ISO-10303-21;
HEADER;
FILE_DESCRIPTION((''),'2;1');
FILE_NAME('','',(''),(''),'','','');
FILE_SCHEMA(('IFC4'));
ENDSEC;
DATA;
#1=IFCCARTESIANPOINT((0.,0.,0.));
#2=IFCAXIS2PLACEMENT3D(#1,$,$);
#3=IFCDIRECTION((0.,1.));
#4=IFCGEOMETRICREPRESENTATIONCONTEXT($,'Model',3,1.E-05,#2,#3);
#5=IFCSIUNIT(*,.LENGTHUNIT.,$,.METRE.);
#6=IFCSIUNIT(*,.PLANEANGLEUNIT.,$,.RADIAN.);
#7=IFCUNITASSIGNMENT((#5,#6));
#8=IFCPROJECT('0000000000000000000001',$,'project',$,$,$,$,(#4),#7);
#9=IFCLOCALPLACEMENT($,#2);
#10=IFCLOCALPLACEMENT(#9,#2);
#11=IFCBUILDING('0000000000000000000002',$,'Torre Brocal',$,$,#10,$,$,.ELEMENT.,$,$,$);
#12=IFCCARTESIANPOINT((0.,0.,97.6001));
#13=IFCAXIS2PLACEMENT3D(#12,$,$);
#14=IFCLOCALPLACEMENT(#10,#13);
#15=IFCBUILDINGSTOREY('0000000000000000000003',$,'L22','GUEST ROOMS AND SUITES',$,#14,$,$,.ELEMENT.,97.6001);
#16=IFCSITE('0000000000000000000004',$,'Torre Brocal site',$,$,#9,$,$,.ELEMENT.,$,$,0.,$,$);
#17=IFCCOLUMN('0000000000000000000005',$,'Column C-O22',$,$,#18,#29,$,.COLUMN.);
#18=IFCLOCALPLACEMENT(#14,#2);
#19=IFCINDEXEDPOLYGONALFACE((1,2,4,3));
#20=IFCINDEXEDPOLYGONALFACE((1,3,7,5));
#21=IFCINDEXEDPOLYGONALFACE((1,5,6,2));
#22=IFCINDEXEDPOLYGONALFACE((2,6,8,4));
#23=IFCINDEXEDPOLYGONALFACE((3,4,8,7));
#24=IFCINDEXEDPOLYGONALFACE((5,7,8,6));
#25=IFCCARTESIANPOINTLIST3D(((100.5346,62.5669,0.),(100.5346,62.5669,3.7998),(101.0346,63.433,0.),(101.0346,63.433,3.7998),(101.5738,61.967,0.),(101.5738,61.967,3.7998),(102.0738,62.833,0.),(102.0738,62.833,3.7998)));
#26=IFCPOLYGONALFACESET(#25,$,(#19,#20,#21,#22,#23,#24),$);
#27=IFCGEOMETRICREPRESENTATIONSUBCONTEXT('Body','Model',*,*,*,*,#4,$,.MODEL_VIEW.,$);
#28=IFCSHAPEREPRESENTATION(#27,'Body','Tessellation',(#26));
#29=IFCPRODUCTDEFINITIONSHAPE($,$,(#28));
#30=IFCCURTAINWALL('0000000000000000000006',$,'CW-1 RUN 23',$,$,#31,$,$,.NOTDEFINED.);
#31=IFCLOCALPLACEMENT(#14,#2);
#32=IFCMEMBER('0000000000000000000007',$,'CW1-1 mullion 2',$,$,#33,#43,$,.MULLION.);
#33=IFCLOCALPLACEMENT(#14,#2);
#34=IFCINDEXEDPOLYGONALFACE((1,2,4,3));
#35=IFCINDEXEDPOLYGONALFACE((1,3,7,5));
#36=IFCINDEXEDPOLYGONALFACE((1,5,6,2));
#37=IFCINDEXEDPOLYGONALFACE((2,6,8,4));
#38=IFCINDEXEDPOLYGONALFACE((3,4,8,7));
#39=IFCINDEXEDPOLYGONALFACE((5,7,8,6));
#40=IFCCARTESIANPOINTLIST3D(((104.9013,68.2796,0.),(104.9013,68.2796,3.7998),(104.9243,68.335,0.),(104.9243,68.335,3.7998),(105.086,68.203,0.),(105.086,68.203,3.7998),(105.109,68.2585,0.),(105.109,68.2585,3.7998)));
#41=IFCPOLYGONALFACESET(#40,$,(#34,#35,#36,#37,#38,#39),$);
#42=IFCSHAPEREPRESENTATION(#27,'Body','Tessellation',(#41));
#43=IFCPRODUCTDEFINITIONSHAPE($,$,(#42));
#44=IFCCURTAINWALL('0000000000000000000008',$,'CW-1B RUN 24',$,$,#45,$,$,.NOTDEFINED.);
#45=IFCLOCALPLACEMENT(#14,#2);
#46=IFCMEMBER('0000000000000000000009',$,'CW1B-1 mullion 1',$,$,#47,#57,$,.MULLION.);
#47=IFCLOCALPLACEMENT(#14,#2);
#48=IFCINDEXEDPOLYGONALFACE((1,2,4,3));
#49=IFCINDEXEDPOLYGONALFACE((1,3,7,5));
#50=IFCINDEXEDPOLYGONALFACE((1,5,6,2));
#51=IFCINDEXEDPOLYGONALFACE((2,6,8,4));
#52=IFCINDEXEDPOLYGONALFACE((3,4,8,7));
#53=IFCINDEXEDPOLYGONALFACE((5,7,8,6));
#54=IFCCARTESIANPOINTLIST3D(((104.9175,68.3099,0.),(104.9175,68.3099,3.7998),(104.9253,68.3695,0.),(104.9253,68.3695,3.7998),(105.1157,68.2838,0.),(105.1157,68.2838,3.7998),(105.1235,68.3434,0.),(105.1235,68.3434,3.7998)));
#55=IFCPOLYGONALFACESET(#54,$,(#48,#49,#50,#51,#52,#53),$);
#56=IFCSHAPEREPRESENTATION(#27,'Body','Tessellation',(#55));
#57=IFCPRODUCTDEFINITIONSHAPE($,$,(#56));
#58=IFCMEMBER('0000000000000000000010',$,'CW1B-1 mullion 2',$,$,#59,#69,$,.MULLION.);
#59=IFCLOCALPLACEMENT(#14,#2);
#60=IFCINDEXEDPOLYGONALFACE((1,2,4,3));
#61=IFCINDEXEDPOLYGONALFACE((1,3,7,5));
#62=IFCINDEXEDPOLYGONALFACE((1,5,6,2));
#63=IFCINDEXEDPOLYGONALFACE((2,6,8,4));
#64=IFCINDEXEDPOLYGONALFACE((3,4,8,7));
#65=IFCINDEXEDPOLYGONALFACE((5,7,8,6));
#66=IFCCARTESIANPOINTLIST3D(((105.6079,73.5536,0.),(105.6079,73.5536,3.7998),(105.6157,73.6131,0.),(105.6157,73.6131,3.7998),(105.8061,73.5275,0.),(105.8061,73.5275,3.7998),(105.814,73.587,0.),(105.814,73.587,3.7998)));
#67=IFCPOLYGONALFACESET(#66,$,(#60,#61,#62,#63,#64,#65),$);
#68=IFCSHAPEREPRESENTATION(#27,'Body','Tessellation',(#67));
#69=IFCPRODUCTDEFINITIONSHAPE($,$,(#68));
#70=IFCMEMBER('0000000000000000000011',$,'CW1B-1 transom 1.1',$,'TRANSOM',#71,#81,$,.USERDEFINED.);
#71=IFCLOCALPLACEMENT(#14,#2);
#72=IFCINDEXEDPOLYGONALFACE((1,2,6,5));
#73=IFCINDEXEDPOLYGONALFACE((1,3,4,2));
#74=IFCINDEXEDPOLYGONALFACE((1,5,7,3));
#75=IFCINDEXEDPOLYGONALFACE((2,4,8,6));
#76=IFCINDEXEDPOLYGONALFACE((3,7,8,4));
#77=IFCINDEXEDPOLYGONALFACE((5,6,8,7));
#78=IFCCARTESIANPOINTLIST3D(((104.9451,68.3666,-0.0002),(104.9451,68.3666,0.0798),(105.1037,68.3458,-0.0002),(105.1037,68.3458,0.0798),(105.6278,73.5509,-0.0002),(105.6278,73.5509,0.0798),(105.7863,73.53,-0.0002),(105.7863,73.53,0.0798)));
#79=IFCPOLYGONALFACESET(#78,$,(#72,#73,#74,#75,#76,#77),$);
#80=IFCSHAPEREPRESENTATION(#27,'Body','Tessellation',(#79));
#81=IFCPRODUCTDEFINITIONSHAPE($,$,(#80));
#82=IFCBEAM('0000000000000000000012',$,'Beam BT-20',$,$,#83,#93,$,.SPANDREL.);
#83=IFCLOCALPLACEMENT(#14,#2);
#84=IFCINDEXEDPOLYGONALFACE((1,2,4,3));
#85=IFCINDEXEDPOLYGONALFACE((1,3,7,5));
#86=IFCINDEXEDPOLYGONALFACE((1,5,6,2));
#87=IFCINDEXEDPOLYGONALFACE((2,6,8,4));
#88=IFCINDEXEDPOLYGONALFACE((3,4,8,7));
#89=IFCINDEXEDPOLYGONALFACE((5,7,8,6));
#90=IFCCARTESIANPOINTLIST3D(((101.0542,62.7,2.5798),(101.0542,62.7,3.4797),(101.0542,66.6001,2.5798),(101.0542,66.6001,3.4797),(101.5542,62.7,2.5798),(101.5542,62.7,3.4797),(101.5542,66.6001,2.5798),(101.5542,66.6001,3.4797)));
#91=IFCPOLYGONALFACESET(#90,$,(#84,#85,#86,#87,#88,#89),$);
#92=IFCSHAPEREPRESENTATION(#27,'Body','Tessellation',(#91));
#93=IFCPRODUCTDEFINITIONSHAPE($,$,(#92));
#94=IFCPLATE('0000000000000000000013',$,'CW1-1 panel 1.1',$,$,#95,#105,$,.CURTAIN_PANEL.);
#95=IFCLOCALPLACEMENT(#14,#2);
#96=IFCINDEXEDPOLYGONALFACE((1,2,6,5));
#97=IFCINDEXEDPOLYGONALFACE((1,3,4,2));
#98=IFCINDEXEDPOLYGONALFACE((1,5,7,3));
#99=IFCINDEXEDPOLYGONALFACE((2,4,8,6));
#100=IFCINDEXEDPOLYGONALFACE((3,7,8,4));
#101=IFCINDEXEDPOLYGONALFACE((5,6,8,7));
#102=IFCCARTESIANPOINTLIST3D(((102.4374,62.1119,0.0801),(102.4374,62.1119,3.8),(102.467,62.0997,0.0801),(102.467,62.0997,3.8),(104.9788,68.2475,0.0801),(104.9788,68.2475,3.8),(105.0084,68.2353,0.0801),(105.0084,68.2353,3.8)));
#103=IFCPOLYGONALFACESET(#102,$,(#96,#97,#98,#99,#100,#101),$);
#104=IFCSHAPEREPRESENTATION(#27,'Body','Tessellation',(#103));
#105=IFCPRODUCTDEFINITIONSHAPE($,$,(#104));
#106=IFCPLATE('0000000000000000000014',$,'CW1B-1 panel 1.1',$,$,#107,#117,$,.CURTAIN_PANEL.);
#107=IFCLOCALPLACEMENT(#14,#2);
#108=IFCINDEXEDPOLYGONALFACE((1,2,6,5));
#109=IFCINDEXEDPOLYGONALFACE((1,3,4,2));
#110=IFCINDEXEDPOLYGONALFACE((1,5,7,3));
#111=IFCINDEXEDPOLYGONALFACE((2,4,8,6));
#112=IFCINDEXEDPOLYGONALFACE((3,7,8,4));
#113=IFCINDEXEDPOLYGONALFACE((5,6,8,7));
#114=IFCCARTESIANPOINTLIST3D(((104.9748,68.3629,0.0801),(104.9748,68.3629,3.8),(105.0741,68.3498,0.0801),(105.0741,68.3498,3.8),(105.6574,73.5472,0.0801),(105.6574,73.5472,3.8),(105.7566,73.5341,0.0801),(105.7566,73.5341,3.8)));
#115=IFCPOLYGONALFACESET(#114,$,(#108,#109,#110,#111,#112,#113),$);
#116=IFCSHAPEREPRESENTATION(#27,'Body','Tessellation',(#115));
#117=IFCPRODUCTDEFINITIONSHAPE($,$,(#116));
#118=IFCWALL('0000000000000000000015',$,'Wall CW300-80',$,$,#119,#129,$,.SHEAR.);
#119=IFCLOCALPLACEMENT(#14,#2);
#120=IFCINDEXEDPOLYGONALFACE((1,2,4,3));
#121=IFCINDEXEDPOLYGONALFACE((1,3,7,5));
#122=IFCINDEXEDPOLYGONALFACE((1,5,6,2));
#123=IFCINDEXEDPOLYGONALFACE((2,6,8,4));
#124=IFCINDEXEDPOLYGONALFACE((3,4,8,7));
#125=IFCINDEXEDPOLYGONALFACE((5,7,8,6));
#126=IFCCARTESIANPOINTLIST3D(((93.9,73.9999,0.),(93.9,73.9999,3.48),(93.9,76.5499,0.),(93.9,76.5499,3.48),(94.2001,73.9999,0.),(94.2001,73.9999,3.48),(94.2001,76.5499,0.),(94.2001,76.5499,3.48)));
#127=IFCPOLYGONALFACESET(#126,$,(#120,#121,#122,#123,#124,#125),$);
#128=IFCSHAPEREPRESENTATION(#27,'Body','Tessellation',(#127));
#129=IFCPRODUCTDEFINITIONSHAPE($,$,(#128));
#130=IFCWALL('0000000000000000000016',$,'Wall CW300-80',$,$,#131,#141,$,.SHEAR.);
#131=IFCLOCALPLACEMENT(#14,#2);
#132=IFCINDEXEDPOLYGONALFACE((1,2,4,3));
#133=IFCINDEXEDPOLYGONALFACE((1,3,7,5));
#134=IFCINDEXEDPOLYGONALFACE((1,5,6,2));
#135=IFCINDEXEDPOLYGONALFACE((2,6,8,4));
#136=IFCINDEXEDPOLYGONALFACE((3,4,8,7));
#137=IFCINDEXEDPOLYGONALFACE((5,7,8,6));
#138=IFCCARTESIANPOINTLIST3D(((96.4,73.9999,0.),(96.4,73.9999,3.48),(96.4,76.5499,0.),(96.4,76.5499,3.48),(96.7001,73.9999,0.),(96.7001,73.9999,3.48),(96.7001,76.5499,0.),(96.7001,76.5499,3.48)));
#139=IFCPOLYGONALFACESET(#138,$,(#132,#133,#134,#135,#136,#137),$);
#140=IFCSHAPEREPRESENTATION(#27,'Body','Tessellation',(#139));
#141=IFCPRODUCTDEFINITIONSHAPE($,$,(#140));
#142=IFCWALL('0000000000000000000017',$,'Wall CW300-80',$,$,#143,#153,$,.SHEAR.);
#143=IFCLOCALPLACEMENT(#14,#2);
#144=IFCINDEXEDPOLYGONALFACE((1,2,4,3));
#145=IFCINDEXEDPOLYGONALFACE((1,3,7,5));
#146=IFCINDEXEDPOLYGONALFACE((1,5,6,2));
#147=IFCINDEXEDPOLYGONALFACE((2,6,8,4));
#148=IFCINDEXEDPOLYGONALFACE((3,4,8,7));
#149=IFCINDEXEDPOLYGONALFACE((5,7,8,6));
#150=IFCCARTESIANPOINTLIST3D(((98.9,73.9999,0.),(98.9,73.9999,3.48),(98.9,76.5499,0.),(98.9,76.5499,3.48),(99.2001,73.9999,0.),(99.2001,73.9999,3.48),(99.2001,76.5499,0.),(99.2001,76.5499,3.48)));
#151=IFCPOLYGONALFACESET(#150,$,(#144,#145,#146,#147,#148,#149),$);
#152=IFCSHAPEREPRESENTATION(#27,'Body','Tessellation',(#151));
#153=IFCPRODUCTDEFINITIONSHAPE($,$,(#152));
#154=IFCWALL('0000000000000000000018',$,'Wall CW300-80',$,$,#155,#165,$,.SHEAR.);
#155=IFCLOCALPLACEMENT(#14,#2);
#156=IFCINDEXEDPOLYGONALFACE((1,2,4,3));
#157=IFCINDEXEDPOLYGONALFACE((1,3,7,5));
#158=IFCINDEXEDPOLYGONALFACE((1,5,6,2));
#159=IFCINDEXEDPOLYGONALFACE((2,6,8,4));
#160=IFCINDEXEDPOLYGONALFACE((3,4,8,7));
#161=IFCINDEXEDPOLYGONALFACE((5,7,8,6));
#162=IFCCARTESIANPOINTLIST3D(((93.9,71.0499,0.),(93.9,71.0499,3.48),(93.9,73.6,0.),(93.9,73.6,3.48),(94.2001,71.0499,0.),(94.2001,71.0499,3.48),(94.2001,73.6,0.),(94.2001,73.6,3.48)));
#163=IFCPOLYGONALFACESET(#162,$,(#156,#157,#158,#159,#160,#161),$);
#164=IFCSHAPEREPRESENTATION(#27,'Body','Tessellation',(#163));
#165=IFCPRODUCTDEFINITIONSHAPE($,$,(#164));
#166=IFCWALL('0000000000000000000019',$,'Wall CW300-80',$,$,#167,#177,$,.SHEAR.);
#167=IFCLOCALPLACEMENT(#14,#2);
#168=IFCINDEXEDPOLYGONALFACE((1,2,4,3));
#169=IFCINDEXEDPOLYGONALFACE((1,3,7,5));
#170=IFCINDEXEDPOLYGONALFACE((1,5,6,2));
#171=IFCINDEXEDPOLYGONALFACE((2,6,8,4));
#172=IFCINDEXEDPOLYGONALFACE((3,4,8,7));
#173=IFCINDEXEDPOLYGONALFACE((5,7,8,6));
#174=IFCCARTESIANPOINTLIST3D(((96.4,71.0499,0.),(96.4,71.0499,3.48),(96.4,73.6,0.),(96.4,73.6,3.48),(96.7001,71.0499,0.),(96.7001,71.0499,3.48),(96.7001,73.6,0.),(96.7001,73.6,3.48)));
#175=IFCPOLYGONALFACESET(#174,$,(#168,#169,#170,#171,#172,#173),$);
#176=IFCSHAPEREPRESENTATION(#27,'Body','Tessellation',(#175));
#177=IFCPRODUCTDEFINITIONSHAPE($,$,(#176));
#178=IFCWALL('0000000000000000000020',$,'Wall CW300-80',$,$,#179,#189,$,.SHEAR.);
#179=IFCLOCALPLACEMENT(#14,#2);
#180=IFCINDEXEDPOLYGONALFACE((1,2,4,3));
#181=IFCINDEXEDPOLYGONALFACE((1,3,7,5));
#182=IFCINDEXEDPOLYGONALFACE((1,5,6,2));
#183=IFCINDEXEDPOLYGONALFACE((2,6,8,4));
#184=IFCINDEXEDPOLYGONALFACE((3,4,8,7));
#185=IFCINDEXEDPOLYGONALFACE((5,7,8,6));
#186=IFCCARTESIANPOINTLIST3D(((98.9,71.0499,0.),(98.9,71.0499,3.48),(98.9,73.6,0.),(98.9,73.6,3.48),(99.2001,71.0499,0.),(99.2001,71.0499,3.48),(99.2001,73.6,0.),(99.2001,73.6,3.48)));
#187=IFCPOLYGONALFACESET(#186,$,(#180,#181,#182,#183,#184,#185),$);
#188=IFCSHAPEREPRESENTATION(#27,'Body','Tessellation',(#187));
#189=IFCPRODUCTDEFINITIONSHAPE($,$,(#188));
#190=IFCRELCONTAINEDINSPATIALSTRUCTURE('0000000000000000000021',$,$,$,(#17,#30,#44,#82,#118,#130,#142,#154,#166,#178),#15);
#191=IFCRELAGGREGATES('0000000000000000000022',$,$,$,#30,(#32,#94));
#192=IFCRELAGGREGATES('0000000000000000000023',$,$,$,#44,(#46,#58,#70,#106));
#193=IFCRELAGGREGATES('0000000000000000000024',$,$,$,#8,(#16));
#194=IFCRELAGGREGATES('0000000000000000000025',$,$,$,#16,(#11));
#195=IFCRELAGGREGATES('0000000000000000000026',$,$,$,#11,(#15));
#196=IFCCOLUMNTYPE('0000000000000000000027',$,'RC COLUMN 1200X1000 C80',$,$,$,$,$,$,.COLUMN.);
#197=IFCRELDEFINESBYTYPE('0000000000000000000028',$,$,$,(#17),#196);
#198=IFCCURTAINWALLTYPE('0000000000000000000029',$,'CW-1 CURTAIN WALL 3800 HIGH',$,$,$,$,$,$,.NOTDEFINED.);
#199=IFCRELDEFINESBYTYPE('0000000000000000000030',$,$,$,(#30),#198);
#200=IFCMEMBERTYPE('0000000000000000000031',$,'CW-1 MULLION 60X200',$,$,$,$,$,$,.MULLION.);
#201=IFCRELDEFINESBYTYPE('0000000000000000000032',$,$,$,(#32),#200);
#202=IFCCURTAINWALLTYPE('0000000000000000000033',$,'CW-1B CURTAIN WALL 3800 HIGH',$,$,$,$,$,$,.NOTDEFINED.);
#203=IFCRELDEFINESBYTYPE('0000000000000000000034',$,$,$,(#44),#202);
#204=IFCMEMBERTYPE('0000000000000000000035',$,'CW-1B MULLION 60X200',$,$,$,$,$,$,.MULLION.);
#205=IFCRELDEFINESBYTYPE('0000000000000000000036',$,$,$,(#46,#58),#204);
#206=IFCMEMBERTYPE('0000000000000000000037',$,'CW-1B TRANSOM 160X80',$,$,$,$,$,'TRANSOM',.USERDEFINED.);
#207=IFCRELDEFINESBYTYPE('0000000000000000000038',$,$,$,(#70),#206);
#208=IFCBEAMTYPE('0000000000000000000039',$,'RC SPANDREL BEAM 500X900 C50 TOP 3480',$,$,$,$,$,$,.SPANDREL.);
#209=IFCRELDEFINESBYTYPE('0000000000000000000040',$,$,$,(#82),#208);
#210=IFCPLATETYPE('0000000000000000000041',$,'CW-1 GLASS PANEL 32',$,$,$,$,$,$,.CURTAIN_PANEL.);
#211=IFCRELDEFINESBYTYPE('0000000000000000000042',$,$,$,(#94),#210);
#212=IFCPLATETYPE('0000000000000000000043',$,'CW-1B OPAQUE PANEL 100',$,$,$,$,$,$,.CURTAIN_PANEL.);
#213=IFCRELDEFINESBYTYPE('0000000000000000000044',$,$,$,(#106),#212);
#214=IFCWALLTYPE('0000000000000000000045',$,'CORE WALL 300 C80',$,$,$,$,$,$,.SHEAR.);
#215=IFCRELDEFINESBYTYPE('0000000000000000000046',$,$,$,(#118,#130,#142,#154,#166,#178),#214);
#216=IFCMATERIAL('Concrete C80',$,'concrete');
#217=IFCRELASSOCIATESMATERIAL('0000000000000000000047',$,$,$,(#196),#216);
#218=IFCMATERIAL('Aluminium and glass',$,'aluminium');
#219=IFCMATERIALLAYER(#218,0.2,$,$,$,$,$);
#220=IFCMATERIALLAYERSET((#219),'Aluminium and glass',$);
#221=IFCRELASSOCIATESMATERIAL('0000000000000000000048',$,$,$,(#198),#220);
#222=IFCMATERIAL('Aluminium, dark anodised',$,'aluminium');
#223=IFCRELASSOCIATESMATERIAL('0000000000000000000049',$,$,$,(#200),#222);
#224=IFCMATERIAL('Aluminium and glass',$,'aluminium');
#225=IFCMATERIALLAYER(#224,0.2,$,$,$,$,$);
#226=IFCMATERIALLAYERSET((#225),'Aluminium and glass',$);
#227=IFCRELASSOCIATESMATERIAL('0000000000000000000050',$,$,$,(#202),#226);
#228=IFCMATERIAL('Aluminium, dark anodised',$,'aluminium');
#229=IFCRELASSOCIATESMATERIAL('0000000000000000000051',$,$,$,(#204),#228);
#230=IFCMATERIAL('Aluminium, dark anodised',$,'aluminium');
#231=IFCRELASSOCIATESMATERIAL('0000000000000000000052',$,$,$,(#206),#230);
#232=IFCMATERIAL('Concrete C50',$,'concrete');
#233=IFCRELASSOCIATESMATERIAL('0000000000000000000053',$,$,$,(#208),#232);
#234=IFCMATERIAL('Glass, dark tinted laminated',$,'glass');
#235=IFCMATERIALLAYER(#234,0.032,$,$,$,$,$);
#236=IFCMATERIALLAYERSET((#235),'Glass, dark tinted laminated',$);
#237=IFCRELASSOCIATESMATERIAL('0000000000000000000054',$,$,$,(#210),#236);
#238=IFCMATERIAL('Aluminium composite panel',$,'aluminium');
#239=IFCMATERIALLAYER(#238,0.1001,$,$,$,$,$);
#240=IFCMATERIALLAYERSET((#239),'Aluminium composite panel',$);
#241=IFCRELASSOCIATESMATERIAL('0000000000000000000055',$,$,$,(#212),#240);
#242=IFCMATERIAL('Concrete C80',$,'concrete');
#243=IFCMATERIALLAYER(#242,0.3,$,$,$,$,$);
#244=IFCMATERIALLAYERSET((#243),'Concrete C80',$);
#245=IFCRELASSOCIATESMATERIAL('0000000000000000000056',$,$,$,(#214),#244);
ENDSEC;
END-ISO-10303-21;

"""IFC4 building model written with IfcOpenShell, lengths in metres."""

from ifc_helpers import new_model, si_unit, direction, frame, frame_2d, origin, origin_2d, place, context, subcontext, project, spatial, rectangle, extrude, material, layer, layer_set, material_profile, profile_set, type_object, element, aggregate, save


model = new_model("IFC4")

# Units and contexts
model_context = context("Model", 3, precision=1e-05, world=origin(), true_north=direction((0.0, 1.0)))
body_context = subcontext(model_context, "Body", "Model", "MODEL_VIEW")
ifc_project = project(units=[si_unit("LENGTHUNIT", "METRE"), si_unit("PLANEANGLEUNIT", "RADIAN")], contexts=[model_context])

# Site, building, storey
site_placement = place(None, origin())
site = spatial("IfcSite", under=ifc_project, at=site_placement, Name="Torre Brocal site", CompositionType="ELEMENT", RefElevation=0.0)
building_placement = place(site_placement, origin())
building = spatial("IfcBuilding", under=site, at=building_placement, Name="Torre Brocal", CompositionType="ELEMENT")
storey_placement = place(building_placement, frame((0.0, 0.0, 97.6001)))
storey = spatial("IfcBuildingStorey", under=building, at=storey_placement, Name="L22", Description="GUEST ROOMS AND SUITES", CompositionType="ELEMENT", Elevation=97.6001)

# Column
ifc_material_1 = material(Name="Concrete C80", Category="concrete")
ifc_material_profile_1 = material_profile(ifc_material_1, rectangle(XDim=1.2, YDim=1.0, at=origin_2d()), Name="RC 1200X1000")
ifc_profile_set_1 = profile_set([ifc_material_profile_1], Name="Concrete C80")
column_type = type_object("IfcColumnType", Name="RC COLUMN 1200X1000 C80", PredefinedType="COLUMN", material=ifc_profile_set_1)
column_placement = place(storey_placement, frame((101.3042, 62.7, 0.0), z_axis=(0.0, 0.0, 1.0), x_axis=(0.866025, -0.5, 0.0)))
element("IfcColumn", 1, at=column_placement, inside=storey, type_object=column_type, Name="Column C-O22", PredefinedType="COLUMN", context=body_context, shape_type="SweptSolid", body=[
    extrude(rectangle(XDim=1.2, YDim=1.0, at=origin_2d()), origin(), (0.0, 0.0, 1.0), 3.7998),
])

# Curtain wall, member
ifc_material_2 = material(Name="Aluminium and glass", Category="aluminium")
ifc_layer_1 = layer(ifc_material_2, 0.2)
ifc_layer_set_1 = layer_set([ifc_layer_1], Name="Aluminium and glass")
curtain_wall_type_1 = type_object("IfcCurtainWallType", Name="CW-1 CURTAIN WALL 3800 HIGH", PredefinedType="NOTDEFINED", material=ifc_layer_set_1)
curtain_wall_1_placement = place(storey_placement, origin())
curtain_wall_1 = element("IfcCurtainWall", 2, at=curtain_wall_1_placement, inside=storey, type_object=curtain_wall_type_1, Name="CW-1 RUN 23", PredefinedType="NOTDEFINED")
ifc_material_3 = material(Name="Aluminium, dark anodised", Category="aluminium")
ifc_material_profile_2 = material_profile(ifc_material_3, rectangle(XDim=0.2, YDim=0.0601, at=origin_2d()), Name="CW-1 MULLION 60X200")
ifc_profile_set_2 = profile_set([ifc_material_profile_2], Name="Aluminium, dark anodised")
member_type_1 = type_object("IfcMemberType", Name="CW-1 MULLION 60X200", PredefinedType="MULLION", material=ifc_profile_set_2)
member_1_placement = place(storey_placement, frame((105.0051, 68.269, 0.0), z_axis=(0.0, 0.0, 1.0), x_axis=(-0.92388, 0.382683, 0.0)))
member_1 = element("IfcMember", 3, at=member_1_placement, type_object=member_type_1, Name="CW1-1 mullion 2", PredefinedType="MULLION", context=body_context, shape_type="SweptSolid", body=[
    extrude(rectangle(XDim=0.2, YDim=0.0601, at=origin_2d()), origin(), (0.0, 0.0, 1.0), 3.7998),
])

# Curtain wall, members
ifc_material_4 = material(Name="Aluminium and glass", Category="aluminium")
ifc_layer_2 = layer(ifc_material_4, 0.2)
ifc_layer_set_2 = layer_set([ifc_layer_2], Name="Aluminium and glass")
curtain_wall_type_2 = type_object("IfcCurtainWallType", Name="CW-1B CURTAIN WALL 3800 HIGH", PredefinedType="NOTDEFINED", material=ifc_layer_set_2)
curtain_wall_2_placement = place(storey_placement, origin())
curtain_wall_2 = element("IfcCurtainWall", 4, at=curtain_wall_2_placement, inside=storey, type_object=curtain_wall_type_2, Name="CW-1B RUN 24", PredefinedType="NOTDEFINED")
ifc_material_5 = material(Name="Aluminium, dark anodised", Category="aluminium")
ifc_material_profile_3 = material_profile(ifc_material_5, rectangle(XDim=0.2, YDim=0.0601, at=origin_2d()), Name="CW-1B MULLION 60X200")
ifc_profile_set_3 = profile_set([ifc_material_profile_3], Name="Aluminium, dark anodised")
member_type_2 = type_object("IfcMemberType", Name="CW-1B MULLION 60X200", PredefinedType="MULLION", material=ifc_profile_set_3)
member_2_placement = place(storey_placement, frame((105.0205, 68.3267, 0.0), z_axis=(0.0, 0.0, 1.0), x_axis=(-0.991445, 0.130526, 0.0)))
member_2 = element("IfcMember", 5, at=member_2_placement, type_object=member_type_2, Name="CW1B-1 mullion 1", PredefinedType="MULLION", context=body_context, shape_type="SweptSolid", body=[
    extrude(rectangle(XDim=0.2, YDim=0.0601, at=origin_2d()), origin(), (0.0, 0.0, 1.0), 3.7998),
])
member_3_placement = place(storey_placement, frame((105.7109, 73.5703, 0.0), z_axis=(0.0, 0.0, 1.0), x_axis=(-0.991445, 0.130526, 0.0)))
member_3 = element("IfcMember", 6, at=member_3_placement, type_object=member_type_2, Name="CW1B-1 mullion 2", PredefinedType="MULLION", context=body_context, shape_type="SweptSolid", body=[
    extrude(rectangle(XDim=0.2, YDim=0.0601, at=origin_2d()), origin(), (0.0, 0.0, 1.0), 3.7998),
])
ifc_material_6 = material(Name="Aluminium, dark anodised", Category="aluminium")
ifc_material_profile_4 = material_profile(ifc_material_6, rectangle(XDim=0.1599, YDim=0.0801, at=origin_2d()), Name="CW-1B TRANSOM 160X80")
ifc_profile_set_4 = profile_set([ifc_material_profile_4], Name="Aluminium, dark anodised")
member_type_3 = type_object("IfcMemberType", Name="CW-1B TRANSOM 160X80", ElementType="TRANSOM", PredefinedType="USERDEFINED", material=ifc_profile_set_4)
member_4_placement = place(storey_placement, frame((105.0244, 68.3562, 0.0398), z_axis=(0.130543, 0.991443, 0.0), x_axis=(-0.991443, 0.130543, 0.0)))
member_4 = element("IfcMember", 7, at=member_4_placement, type_object=member_type_3, Name="CW1B-1 transom 1.1", ObjectType="TRANSOM", PredefinedType="USERDEFINED", context=body_context, shape_type="SweptSolid", body=[
    extrude(rectangle(XDim=0.1599, YDim=0.0801, at=origin_2d()), origin(), (0.0, 0.0, 1.0), 5.229),
])

# Beam
ifc_material_7 = material(Name="Concrete C50", Category="concrete")
ifc_material_profile_5 = material_profile(ifc_material_7, rectangle(XDim=0.5, YDim=0.8999, at=origin_2d()), Name="RC 500X900")
ifc_profile_set_5 = profile_set([ifc_material_profile_5], Name="Concrete C50")
beam_type = type_object("IfcBeamType", Name="RC SPANDREL BEAM 500X900 C50 TOP 3480", PredefinedType="SPANDREL", material=ifc_profile_set_5)
beam_placement = place(storey_placement, frame((101.3042, 62.7, 3.0298), z_axis=(0.0, 1.0, 0.0), x_axis=(-1.0, 0.0, 0.0)))
element("IfcBeam", 8, at=beam_placement, inside=storey, type_object=beam_type, Name="Beam BT-20", PredefinedType="SPANDREL", context=body_context, shape_type="SweptSolid", body=[
    extrude(rectangle(XDim=0.5, YDim=0.8999, at=origin_2d()), origin(), (0.0, 0.0, 1.0), 3.9001),
])

# Plates
ifc_material_8 = material(Name="Glass, dark tinted laminated", Category="glass")
ifc_layer_3 = layer(ifc_material_8, 0.032)
ifc_layer_set_3 = layer_set([ifc_layer_3], Name="Glass, dark tinted laminated")
plate_type_1 = type_object("IfcPlateType", Name="CW-1 GLASS PANEL 32", PredefinedType="CURTAIN_PANEL", material=ifc_layer_set_3)
plate_1_placement = place(storey_placement, frame((103.7229, 65.1736, 0.0801), z_axis=(0.0, 0.0, 1.0), x_axis=(0.382683, 0.92388, 0.0)))
plate_1 = element("IfcPlate", 9, at=plate_1_placement, type_object=plate_type_1, Name="CW1-1 panel 1.1", PredefinedType="CURTAIN_PANEL", context=body_context, shape_type="SweptSolid", body=[
    extrude(rectangle(XDim=6.6411, YDim=0.032, at=origin_2d()), origin(), (0.0, 0.0, 1.0), 3.72),
])
aggregate(curtain_wall_1, [member_1, plate_1])
ifc_material_9 = material(Name="Aluminium composite panel", Category="aluminium")
ifc_layer_4 = layer(ifc_material_9, 0.1001)
ifc_layer_set_4 = layer_set([ifc_layer_4], Name="Aluminium composite panel")
plate_type_2 = type_object("IfcPlateType", Name="CW-1B OPAQUE PANEL 100", PredefinedType="CURTAIN_PANEL", material=ifc_layer_set_4)
plate_2_placement = place(storey_placement, frame((105.3657, 70.9485, 0.0801), z_axis=(0.0, 0.0, 1.0), x_axis=(0.130526, 0.991445, 0.0)))
plate_2 = element("IfcPlate", 10, at=plate_2_placement, type_object=plate_type_2, Name="CW1B-1 panel 1.1", PredefinedType="CURTAIN_PANEL", context=body_context, shape_type="SweptSolid", body=[
    extrude(rectangle(XDim=5.229, YDim=0.1001, at=origin_2d()), origin(), (0.0, 0.0, 1.0), 3.72),
])
aggregate(curtain_wall_2, [member_2, member_3, member_4, plate_2])

# Walls
ifc_material_10 = material(Name="Concrete C80", Category="concrete")
ifc_layer_5 = layer(ifc_material_10, 0.3)
ifc_layer_set_5 = layer_set([ifc_layer_5], Name="Concrete C80")
wall_type_1 = type_object("IfcWallType", Name="CORE WALL 300 C80", PredefinedType="SHEAR", material=ifc_layer_set_5)
for number, where, z_axis, x_axis, name in (
    (11, (94.05, 74.0, 0.0), (0.0, 0.0, 1.0), (0.0, 1.0, 0.0), "Wall CW300-80"),
    (12, (96.55, 74.0, 0.0), (0.0, 0.0, 1.0), (0.0, 1.0, 0.0), "Wall CW300-80"),
    (13, (99.05, 74.0, 0.0), (0.0, 0.0, 1.0), (0.0, 1.0, 0.0), "Wall CW300-80"),
    (14, (94.05, 71.05, 0.0), (0.0, 0.0, 1.0), (0.0, 1.0, 0.0), "Wall CW300-80"),
    (15, (96.55, 71.05, 0.0), (0.0, 0.0, 1.0), (0.0, 1.0, 0.0), "Wall CW300-80"),
    (16, (99.05, 71.05, 0.0), (0.0, 0.0, 1.0), (0.0, 1.0, 0.0), "Wall CW300-80"),
):
    element("IfcWall", number, at=place(storey_placement, frame(where, z_axis=z_axis, x_axis=x_axis)), inside=storey, type_object=wall_type_1, Name=name, PredefinedType="SHEAR", context=body_context, shape_type="SweptSolid", body=[
        extrude(rectangle(XDim=2.55, YDim=0.3, at=frame_2d((1.2749, 0.0))), origin(), (0.0, 0.0, 1.0), 3.48),
    ])

save(model, "model.ifc")
